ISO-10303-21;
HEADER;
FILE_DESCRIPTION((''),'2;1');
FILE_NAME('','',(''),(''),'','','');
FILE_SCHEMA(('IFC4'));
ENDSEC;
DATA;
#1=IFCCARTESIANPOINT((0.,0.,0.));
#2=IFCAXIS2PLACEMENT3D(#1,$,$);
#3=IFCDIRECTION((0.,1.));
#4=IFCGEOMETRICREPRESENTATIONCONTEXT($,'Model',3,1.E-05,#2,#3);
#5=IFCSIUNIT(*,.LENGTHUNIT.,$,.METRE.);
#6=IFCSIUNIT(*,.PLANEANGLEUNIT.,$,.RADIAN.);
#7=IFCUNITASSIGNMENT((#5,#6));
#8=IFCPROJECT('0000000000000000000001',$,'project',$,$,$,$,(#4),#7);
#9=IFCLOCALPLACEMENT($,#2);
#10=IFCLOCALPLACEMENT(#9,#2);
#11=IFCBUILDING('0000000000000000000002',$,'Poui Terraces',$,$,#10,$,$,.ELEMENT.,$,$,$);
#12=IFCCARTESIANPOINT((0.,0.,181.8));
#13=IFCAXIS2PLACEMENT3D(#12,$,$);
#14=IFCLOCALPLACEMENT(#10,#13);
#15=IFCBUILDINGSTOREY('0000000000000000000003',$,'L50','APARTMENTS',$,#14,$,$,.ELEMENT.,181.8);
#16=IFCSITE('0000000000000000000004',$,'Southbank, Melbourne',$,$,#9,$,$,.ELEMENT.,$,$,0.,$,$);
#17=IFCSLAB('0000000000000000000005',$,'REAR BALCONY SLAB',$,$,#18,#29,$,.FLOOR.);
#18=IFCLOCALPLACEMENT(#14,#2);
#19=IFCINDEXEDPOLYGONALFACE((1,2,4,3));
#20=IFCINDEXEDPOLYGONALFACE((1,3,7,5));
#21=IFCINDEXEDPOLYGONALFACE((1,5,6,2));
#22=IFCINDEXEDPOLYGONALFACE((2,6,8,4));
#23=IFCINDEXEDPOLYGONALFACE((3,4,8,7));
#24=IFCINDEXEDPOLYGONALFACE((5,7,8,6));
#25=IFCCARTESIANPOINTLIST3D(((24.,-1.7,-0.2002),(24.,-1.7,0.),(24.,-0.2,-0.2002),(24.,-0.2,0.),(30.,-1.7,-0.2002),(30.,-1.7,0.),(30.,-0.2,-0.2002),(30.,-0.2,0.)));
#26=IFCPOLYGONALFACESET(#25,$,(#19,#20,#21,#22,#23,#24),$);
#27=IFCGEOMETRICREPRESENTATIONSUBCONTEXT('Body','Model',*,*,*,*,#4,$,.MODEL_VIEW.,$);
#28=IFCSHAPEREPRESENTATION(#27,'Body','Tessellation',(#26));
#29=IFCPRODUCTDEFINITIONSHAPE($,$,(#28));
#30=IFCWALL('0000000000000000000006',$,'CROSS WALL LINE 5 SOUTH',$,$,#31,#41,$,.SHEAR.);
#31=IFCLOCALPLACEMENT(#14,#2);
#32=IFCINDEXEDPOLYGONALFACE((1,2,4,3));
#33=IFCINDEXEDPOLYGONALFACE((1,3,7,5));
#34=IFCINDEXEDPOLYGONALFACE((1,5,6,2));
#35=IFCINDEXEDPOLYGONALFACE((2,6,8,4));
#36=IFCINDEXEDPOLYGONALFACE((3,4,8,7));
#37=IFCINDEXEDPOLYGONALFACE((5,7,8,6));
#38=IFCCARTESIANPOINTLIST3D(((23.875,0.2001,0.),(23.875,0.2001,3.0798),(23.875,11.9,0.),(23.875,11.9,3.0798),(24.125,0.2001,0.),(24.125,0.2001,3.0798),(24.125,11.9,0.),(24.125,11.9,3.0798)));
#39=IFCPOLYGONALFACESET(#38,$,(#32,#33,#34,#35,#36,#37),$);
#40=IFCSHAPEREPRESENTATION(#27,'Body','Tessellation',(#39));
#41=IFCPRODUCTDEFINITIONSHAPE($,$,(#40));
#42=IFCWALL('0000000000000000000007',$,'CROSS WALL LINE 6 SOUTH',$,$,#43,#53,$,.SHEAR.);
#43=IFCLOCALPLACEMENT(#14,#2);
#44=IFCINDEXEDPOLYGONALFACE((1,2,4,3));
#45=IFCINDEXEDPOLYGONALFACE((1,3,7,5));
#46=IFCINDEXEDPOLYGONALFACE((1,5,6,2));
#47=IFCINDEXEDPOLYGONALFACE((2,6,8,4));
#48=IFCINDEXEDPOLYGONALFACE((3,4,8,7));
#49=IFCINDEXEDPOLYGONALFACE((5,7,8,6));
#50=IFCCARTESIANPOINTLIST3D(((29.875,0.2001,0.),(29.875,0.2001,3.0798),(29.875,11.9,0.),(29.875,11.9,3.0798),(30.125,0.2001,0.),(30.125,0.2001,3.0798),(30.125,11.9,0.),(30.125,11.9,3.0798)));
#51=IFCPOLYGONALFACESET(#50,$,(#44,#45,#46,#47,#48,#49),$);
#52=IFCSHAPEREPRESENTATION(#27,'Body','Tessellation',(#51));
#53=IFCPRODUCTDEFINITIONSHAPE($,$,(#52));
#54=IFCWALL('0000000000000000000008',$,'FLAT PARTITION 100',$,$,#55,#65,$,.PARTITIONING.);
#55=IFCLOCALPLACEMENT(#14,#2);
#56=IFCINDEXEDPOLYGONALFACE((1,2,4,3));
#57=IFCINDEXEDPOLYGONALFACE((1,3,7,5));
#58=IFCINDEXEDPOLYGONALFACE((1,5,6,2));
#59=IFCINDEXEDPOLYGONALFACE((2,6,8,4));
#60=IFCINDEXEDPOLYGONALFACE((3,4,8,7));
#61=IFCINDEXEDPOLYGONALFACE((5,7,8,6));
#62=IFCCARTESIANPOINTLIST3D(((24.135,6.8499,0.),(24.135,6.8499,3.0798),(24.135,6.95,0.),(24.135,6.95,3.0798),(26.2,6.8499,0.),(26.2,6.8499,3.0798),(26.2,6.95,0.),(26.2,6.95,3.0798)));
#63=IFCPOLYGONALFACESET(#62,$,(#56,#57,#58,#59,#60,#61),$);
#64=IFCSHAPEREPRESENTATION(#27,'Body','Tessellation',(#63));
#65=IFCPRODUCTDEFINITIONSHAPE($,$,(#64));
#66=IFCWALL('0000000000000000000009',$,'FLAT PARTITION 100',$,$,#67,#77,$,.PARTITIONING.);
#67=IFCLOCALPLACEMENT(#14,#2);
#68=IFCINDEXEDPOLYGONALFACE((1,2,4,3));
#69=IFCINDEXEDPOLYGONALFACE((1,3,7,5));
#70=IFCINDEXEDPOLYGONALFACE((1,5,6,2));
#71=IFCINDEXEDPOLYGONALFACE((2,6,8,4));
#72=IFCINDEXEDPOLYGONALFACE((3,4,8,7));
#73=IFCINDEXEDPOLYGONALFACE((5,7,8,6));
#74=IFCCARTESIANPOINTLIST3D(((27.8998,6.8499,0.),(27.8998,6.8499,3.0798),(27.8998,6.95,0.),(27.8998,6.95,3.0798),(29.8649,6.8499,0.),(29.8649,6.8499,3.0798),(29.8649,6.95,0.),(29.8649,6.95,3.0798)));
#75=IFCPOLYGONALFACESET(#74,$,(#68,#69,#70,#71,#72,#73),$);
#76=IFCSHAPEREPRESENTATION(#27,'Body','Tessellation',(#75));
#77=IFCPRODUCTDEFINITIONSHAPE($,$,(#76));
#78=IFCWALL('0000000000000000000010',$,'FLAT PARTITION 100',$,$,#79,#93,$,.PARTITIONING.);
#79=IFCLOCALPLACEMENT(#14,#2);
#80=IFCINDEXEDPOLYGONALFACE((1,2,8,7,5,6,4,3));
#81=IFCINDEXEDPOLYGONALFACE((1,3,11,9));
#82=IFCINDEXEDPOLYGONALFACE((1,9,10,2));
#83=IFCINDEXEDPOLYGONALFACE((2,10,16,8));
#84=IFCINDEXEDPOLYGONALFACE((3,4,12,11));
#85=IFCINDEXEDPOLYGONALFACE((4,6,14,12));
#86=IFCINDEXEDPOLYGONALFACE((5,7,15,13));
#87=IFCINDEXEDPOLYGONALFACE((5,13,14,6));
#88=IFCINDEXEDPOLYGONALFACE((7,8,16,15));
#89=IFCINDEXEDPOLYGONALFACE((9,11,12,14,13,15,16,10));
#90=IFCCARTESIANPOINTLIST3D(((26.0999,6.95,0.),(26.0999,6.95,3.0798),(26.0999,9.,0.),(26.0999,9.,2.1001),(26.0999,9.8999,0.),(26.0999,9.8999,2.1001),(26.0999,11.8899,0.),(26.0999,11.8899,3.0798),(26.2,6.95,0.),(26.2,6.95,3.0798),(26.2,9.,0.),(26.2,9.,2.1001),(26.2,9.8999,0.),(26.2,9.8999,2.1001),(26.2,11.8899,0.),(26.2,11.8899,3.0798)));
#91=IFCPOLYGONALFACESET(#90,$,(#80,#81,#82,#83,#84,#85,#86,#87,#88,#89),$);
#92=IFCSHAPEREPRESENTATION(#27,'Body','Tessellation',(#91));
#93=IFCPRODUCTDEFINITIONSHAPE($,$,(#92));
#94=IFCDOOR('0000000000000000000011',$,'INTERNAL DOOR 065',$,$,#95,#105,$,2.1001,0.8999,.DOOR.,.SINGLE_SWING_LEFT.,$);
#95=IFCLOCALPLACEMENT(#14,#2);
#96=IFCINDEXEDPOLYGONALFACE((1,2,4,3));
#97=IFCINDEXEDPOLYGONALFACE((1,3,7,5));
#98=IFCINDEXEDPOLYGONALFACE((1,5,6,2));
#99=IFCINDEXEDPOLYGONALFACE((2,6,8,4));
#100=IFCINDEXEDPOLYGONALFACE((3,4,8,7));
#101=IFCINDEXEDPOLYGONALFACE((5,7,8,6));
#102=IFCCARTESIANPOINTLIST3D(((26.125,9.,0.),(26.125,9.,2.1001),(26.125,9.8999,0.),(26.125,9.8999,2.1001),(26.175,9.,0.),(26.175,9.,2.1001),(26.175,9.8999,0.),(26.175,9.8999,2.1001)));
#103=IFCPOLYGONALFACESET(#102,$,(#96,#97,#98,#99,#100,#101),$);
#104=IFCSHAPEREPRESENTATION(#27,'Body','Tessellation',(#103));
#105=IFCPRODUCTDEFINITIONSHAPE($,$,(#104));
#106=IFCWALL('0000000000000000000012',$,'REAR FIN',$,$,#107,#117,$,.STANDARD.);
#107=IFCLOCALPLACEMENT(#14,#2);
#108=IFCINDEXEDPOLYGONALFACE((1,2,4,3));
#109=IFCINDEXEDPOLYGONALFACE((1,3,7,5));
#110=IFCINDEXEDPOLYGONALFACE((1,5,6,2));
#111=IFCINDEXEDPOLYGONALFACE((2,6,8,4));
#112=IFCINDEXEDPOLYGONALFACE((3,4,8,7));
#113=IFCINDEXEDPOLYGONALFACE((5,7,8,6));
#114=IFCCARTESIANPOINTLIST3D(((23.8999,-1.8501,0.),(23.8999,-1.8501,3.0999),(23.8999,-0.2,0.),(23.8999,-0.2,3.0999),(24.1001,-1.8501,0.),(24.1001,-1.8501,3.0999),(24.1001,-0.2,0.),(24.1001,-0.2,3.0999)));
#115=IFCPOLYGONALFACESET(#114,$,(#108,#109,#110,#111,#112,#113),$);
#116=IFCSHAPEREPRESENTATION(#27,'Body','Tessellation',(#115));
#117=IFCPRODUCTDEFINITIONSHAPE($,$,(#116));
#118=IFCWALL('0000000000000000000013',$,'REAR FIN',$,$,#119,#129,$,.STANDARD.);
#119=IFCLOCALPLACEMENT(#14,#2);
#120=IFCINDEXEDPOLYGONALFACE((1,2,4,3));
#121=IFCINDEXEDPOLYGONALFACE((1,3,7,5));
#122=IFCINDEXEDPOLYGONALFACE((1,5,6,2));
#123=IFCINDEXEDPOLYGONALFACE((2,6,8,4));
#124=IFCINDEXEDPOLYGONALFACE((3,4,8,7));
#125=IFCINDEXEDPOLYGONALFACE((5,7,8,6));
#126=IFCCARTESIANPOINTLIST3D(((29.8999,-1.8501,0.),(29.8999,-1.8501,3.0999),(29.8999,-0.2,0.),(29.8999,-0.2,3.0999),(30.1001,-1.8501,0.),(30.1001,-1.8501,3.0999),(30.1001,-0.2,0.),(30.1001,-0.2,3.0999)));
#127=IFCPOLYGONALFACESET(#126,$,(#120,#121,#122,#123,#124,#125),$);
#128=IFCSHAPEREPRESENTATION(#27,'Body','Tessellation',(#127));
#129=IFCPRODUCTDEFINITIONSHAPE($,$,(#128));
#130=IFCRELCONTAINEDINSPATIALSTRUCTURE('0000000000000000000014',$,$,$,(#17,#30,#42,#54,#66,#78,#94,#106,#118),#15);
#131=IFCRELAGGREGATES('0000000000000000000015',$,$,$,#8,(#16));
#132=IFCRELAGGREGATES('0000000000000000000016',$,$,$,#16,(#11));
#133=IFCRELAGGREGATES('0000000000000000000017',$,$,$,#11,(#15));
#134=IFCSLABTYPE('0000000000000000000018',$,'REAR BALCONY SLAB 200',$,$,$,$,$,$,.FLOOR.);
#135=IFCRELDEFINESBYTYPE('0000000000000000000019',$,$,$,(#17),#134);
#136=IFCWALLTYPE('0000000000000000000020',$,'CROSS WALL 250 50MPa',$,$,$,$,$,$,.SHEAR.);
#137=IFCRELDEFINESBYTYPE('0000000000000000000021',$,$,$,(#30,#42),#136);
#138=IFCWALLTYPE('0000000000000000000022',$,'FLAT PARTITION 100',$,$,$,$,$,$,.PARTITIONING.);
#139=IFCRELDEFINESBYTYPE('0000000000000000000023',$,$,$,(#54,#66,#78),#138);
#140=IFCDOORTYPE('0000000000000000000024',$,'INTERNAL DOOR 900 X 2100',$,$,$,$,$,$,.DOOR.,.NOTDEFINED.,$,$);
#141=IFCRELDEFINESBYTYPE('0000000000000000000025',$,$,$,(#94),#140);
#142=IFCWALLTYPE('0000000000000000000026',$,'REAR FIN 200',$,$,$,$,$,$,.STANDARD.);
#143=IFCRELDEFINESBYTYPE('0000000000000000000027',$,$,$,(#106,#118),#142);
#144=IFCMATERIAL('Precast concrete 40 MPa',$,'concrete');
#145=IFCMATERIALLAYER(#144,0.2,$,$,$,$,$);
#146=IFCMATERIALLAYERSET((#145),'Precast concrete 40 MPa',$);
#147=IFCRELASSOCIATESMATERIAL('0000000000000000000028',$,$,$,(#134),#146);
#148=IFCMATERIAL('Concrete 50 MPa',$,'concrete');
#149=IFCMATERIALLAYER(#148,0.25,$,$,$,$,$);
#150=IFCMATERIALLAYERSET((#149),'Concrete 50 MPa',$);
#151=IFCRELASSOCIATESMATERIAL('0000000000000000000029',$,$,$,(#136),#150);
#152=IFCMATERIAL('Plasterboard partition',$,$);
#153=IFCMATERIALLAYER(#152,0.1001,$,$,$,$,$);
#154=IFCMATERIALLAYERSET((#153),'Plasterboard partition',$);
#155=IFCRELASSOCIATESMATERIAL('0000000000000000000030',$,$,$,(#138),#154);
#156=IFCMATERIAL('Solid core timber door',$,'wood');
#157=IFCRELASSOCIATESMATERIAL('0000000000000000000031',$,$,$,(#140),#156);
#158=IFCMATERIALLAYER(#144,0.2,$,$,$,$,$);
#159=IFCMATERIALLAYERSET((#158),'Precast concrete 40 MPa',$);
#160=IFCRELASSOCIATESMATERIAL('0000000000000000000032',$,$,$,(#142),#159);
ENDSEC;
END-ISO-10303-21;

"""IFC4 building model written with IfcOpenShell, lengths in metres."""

from ifc_helpers import new_model, si_unit, direction, frame, frame_2d, origin, place, context, subcontext, project, spatial, polyline, rectangle, outline, extrude, source, transform, mapped, material, layer, layer_set, type_object, element, fill, save


model = new_model("IFC4")

# Units and contexts
model_context = context("Model", 3, precision=1e-05, world=origin(), true_north=direction((0.0, 1.0)))
body_context = subcontext(model_context, "Body", "Model", "MODEL_VIEW")
ifc_project = project(units=[si_unit("LENGTHUNIT", "METRE"), si_unit("PLANEANGLEUNIT", "RADIAN")], contexts=[model_context])

# Site, building, storey
site_placement = place(None, origin())
site = spatial("IfcSite", under=ifc_project, at=site_placement, Name="Southbank, Melbourne", CompositionType="ELEMENT", RefElevation=0.0)
building_placement = place(site_placement, origin())
building = spatial("IfcBuilding", under=site, at=building_placement, Name="Poui Terraces", CompositionType="ELEMENT")
storey_placement = place(building_placement, frame((0.0, 0.0, 181.8)))
storey = spatial("IfcBuildingStorey", under=building, at=storey_placement, Name="L50", Description="APARTMENTS", CompositionType="ELEMENT", Elevation=181.8)

# Slab
ifc_material_1 = material(Name="Precast concrete 40 MPa", Category="concrete")
ifc_layer_1 = layer(ifc_material_1, 0.2)
ifc_layer_set_1 = layer_set([ifc_layer_1], Name="Precast concrete 40 MPa")
slab_type = type_object("IfcSlabType", Name="REAR BALCONY SLAB 200", PredefinedType="FLOOR", material=ifc_layer_set_1)
shared_shape_1 = source(origin(), body_context, "Body", "SweptSolid", [
    extrude(outline(polyline([(0.0, 0.0), (6.0, 0.0), (6.0, 1.5), (0.0, 1.5), (0.0, 0.0)])), origin(), (0.0, 0.0, 1.0), 0.2002),
])
slab_placement = place(storey_placement, frame((24.0, -1.7, -0.2002)))
element("IfcSlab", 1, at=slab_placement, inside=storey, type_object=slab_type, Name="REAR BALCONY SLAB", PredefinedType="FLOOR", context=body_context, shape_type="MappedRepresentation", body=[
    mapped(shared_shape_1, transform((0.0, 0.0, 0.0))),
])

# Walls
ifc_material_2 = material(Name="Concrete 50 MPa", Category="concrete")
ifc_layer_2 = layer(ifc_material_2, 0.25)
ifc_layer_set_2 = layer_set([ifc_layer_2], Name="Concrete 50 MPa")
wall_type_1 = type_object("IfcWallType", Name="CROSS WALL 250 50MPa", PredefinedType="SHEAR", material=ifc_layer_set_2)
for number, where, z_axis, x_axis, name in (
    (2, (24.0, 0.2, 0.0), (0.0, 0.0, 1.0), (0.0, 1.0, 0.0), "CROSS WALL LINE 5 SOUTH"),
    (3, (30.0, 0.2, 0.0), (0.0, 0.0, 1.0), (0.0, 1.0, 0.0), "CROSS WALL LINE 6 SOUTH"),
):
    element("IfcWall", number, at=place(storey_placement, frame(where, z_axis=z_axis, x_axis=x_axis)), inside=storey, type_object=wall_type_1, Name=name, PredefinedType="SHEAR", context=body_context, shape_type="SweptSolid", body=[
        extrude(rectangle(XDim=11.7, YDim=0.25, at=frame_2d((5.8501, 0.0))), origin(), (0.0, 0.0, 1.0), 3.0798),
    ])
ifc_material_3 = material(Name="Plasterboard partition")
ifc_layer_3 = layer(ifc_material_3, 0.1001)
ifc_layer_set_3 = layer_set([ifc_layer_3], Name="Plasterboard partition")
wall_type_2 = type_object("IfcWallType", Name="FLAT PARTITION 100", PredefinedType="PARTITIONING", material=ifc_layer_set_3)
wall_1_placement = place(storey_placement, frame((24.135, 6.8999, 0.0), z_axis=(0.0, 0.0, 1.0), x_axis=(1.0, 0.0, 0.0)))
element("IfcWall", 4, at=wall_1_placement, inside=storey, type_object=wall_type_2, Name="FLAT PARTITION 100", PredefinedType="PARTITIONING", context=body_context, shape_type="SweptSolid", body=[
    extrude(rectangle(XDim=2.0649, YDim=0.1001, at=frame_2d((1.0325, 0.0))), origin(), (0.0, 0.0, 1.0), 3.0798),
])
wall_2_placement = place(storey_placement, frame((27.8999, 6.8999, 0.0), z_axis=(0.0, 0.0, 1.0), x_axis=(1.0, 0.0, 0.0)))
element("IfcWall", 5, at=wall_2_placement, inside=storey, type_object=wall_type_2, Name="FLAT PARTITION 100", PredefinedType="PARTITIONING", context=body_context, shape_type="SweptSolid", body=[
    extrude(rectangle(XDim=1.9651, YDim=0.1001, at=frame_2d((0.9824, 0.0))), origin(), (0.0, 0.0, 1.0), 3.0798),
])

# Wall, opening, door
wall_3_placement = place(storey_placement, frame((26.1499, 6.95, 0.0), z_axis=(0.0, 0.0, 1.0), x_axis=(0.0, 1.0, 0.0)))
wall_3 = element("IfcWall", 6, at=wall_3_placement, inside=storey, type_object=wall_type_2, Name="FLAT PARTITION 100", PredefinedType="PARTITIONING", context=body_context, shape_type="SweptSolid", body=[
    extrude(rectangle(XDim=4.9399, YDim=0.1001, at=frame_2d((2.47, 0.0))), origin(), (0.0, 0.0, 1.0), 3.0798),
])
opening_placement = place(wall_3_placement, frame((2.05, 0.0, 0.0)))
opening = element("IfcOpeningElement", 7, at=opening_placement, cuts=wall_3, PredefinedType="OPENING", context=body_context, shape_type="SweptSolid", body=[
    extrude(rectangle(XDim=0.8999, YDim=2.1001, at=frame_2d((0.45, 1.05))), frame((0.0, 0.0601, 0.0), z_axis=(0.0, -1.0, 0.0), x_axis=(1.0, 0.0, 0.0)), (0.0, 0.0, 1.0), 0.1201),
])
ifc_material_4 = material(Name="Solid core timber door", Category="wood")
door_type = type_object("IfcDoorType", Name="INTERNAL DOOR 900 X 2100", OperationType="NOTDEFINED", PredefinedType="DOOR", material=ifc_material_4)
door_placement = place(opening_placement, origin())
door = element("IfcDoor", 8, at=door_placement, inside=storey, type_object=door_type, Name="INTERNAL DOOR 065", OperationType="SINGLE_SWING_LEFT", OverallHeight=2.1001, OverallWidth=0.8999, PredefinedType="DOOR", context=body_context, shape_type="SweptSolid", body=[
    extrude(rectangle(XDim=0.8999, YDim=2.1001, at=frame_2d((0.45, 1.05))), frame((0.0, 0.0249, 0.0), z_axis=(0.0, -1.0, 0.0), x_axis=(1.0, 0.0, 0.0)), (0.0, 0.0, 1.0), 0.05),
])
fill(opening, door)

# Walls
ifc_layer_4 = layer(ifc_material_1, 0.2)
ifc_layer_set_4 = layer_set([ifc_layer_4], Name="Precast concrete 40 MPa")
wall_type_3 = type_object("IfcWallType", Name="REAR FIN 200", PredefinedType="STANDARD", material=ifc_layer_set_4)
shared_shape_2 = source(origin(), body_context, "Body", "SweptSolid", [
    extrude(outline(polyline([(0.0, 0.0), (0.2002, 0.0), (0.2002, 1.6501), (0.0, 1.6501), (0.0, 0.0)])), origin(), (0.0, 0.0, 1.0), 3.0999),
])
for number, where, name in (
    (9, (23.8999, -1.8501, 0.0), "REAR FIN"),
    (10, (29.8999, -1.8501, 0.0), "REAR FIN"),
):
    element("IfcWall", number, at=place(storey_placement, frame(where)), inside=storey, type_object=wall_type_3, Name=name, PredefinedType="STANDARD", context=body_context, shape_type="MappedRepresentation", body=[
        mapped(shared_shape_2, transform((0.0, 0.0, 0.0))),
    ])

save(model, "model.ifc")
